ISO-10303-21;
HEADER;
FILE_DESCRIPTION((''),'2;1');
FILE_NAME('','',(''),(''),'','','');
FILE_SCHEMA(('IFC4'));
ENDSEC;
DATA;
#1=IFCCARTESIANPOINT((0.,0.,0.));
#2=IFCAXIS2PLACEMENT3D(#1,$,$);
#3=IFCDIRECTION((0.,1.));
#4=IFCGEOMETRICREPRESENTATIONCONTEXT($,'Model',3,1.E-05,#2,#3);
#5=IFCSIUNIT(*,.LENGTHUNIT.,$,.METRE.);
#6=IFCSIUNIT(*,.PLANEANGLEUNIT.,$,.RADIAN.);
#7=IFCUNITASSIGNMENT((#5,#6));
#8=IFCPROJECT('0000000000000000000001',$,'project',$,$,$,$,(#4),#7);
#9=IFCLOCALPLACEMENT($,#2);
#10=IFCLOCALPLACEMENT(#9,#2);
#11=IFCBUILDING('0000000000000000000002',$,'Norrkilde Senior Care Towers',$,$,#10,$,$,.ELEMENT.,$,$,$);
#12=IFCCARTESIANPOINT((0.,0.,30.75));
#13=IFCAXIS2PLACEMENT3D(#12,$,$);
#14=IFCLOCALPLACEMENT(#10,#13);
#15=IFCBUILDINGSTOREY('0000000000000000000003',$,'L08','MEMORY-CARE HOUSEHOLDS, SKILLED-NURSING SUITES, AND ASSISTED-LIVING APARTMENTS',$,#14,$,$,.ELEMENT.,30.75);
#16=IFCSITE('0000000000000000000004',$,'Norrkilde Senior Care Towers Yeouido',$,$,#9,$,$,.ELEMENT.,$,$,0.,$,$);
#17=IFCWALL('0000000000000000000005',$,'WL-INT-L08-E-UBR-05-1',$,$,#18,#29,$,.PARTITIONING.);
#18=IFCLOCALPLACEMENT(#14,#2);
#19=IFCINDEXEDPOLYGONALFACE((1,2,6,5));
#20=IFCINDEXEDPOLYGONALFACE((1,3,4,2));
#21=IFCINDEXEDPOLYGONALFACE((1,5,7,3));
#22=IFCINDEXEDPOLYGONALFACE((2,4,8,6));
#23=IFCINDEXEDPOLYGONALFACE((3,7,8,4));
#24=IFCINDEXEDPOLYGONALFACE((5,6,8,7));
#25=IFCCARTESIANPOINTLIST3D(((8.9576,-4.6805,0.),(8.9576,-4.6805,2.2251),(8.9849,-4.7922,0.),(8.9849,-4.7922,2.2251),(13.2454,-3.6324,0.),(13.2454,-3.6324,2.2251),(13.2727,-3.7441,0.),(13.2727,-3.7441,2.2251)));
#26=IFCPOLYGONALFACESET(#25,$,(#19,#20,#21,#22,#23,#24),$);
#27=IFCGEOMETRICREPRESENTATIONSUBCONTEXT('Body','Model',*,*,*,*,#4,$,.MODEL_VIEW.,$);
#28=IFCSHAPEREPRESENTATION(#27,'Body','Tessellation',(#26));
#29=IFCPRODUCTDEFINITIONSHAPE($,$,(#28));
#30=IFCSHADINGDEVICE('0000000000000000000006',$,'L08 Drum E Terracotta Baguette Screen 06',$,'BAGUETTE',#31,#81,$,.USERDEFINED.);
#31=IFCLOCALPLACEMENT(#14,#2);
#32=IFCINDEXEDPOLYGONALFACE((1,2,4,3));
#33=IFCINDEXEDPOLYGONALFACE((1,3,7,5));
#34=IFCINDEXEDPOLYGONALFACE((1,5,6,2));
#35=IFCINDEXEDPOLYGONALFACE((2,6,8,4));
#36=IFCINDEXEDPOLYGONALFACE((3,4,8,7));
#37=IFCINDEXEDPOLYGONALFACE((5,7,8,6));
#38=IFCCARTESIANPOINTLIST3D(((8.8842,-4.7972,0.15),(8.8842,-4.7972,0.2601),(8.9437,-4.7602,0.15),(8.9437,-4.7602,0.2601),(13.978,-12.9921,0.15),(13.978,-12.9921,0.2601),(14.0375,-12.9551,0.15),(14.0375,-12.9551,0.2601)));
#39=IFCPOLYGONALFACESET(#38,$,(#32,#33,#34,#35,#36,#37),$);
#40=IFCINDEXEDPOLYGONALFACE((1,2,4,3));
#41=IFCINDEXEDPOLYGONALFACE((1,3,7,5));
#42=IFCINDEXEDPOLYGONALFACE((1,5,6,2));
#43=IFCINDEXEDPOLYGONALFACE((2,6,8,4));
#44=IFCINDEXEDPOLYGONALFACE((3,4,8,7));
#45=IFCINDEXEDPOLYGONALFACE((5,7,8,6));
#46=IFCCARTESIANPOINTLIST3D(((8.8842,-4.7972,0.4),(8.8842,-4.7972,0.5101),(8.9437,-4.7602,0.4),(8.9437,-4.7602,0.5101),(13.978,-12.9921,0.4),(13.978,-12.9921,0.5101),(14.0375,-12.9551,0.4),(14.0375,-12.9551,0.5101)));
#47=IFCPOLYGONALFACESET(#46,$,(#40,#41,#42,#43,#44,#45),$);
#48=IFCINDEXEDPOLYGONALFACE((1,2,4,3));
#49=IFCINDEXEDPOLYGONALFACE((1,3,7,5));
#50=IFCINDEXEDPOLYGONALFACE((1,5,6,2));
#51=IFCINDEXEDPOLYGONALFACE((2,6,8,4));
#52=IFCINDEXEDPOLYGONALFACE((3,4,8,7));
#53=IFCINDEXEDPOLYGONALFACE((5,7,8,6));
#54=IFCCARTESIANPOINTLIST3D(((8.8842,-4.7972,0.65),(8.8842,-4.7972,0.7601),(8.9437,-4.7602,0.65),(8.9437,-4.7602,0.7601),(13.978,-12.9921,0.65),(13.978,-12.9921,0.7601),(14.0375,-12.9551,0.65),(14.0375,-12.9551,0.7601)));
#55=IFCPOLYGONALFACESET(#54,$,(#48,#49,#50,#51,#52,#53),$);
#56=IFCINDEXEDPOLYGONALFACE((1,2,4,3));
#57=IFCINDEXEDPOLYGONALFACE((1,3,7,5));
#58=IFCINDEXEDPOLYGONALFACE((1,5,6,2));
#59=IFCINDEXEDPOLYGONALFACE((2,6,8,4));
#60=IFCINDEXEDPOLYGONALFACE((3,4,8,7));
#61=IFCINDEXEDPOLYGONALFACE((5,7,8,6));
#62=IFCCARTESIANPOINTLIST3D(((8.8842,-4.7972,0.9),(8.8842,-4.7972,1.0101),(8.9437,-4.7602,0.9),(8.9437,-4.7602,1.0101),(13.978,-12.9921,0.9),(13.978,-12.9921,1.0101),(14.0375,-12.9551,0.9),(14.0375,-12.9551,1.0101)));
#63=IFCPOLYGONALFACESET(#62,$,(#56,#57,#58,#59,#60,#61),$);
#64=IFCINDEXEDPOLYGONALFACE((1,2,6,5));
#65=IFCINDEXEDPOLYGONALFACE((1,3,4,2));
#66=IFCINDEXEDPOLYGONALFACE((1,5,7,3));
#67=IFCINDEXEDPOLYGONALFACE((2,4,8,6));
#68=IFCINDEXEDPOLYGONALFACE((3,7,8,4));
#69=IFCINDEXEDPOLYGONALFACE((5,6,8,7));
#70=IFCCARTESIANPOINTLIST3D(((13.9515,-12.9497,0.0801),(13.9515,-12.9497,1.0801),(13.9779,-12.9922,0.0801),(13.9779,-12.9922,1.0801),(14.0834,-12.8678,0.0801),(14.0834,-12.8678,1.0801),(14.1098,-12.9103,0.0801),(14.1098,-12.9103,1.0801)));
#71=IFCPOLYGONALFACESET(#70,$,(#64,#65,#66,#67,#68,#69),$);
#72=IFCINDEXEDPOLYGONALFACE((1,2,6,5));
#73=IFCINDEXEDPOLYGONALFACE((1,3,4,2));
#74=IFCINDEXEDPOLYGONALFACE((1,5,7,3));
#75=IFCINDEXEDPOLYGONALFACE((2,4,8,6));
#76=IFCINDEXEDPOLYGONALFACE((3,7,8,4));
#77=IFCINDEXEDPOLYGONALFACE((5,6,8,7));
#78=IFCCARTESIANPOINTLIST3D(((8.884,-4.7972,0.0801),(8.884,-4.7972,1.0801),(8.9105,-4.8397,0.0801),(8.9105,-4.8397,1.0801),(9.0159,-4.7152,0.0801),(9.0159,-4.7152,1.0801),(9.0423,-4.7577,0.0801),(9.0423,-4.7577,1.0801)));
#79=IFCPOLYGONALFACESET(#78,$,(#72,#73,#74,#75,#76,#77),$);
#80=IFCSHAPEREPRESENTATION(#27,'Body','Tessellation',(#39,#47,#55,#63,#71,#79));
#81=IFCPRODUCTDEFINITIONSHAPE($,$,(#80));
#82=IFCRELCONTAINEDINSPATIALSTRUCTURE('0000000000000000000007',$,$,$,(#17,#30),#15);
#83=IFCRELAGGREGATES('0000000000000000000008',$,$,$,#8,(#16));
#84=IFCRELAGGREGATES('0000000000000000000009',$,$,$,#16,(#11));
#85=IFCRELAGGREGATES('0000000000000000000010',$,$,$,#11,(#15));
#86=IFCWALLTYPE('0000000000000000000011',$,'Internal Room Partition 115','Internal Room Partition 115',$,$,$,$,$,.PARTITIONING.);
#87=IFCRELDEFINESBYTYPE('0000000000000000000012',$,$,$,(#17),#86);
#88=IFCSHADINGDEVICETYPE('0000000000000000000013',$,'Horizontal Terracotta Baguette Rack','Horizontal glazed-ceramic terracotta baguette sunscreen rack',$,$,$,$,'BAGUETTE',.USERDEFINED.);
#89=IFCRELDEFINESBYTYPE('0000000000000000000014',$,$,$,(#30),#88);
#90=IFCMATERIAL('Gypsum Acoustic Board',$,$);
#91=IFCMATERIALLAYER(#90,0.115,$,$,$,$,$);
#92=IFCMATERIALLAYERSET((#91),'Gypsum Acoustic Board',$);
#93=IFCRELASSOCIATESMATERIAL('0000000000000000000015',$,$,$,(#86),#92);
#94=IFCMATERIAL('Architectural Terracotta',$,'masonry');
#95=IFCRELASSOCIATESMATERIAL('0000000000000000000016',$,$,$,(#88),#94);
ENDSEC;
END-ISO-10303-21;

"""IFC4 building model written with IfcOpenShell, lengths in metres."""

from ifc_helpers import new_model, si_unit, direction, frame, frame_2d, origin, origin_2d, place, context, subcontext, project, spatial, rectangle, extrude, source, transform, mapped, material, layer, layer_set, type_object, type_shapes, element, save


model = new_model("IFC4")

# Units and contexts
model_context = context("Model", 3, precision=1e-05, world=origin(), true_north=direction((0.0, 1.0)))
body_context = subcontext(model_context, "Body", "Model", "MODEL_VIEW")
ifc_project = project(units=[si_unit("LENGTHUNIT", "METRE"), si_unit("PLANEANGLEUNIT", "RADIAN")], contexts=[model_context])

# Site, building, storey
site_placement = place(None, origin())
site = spatial("IfcSite", under=ifc_project, at=site_placement, Name="Norrkilde Senior Care Towers Yeouido", CompositionType="ELEMENT", RefElevation=0.0)
building_placement = place(site_placement, origin())
building = spatial("IfcBuilding", under=site, at=building_placement, Name="Norrkilde Senior Care Towers", CompositionType="ELEMENT")
storey_placement = place(building_placement, frame((0.0, 0.0, 30.75)))
storey = spatial("IfcBuildingStorey", under=building, at=storey_placement, Name="L08", Description="MEMORY-CARE HOUSEHOLDS, SKILLED-NURSING SUITES, AND ASSISTED-LIVING APARTMENTS", CompositionType="ELEMENT", Elevation=30.75)

# Shared definitions
ifc_material_1 = material(Name="Gypsum Acoustic Board")

# Shared definitions
ifc_layer_1 = layer(ifc_material_1, 0.115)
ifc_layer_set_1 = layer_set([ifc_layer_1], Name="Gypsum Acoustic Board")
wall_type_1 = type_object("IfcWallType", Name="Internal Room Partition 115", Description="Internal Room Partition 115", PredefinedType="PARTITIONING", material=ifc_layer_set_1)

# Wall
shared_shape_1 = source(origin(), body_context, "Body", "SweptSolid", [
    extrude(rectangle(XDim=4.4141, YDim=0.115, at=frame_2d((2.207, 0.0))), origin(), (0.0, 0.0, 1.0), 2.2251),
])
wall_1_placement = place(storey_placement, frame((13.259, -3.6882, 0.0), z_axis=(0.0, 0.0, 1.0), x_axis=(-0.971401, -0.237444, 0.0)))
element("IfcWall", 1, at=wall_1_placement, inside=storey, type_object=wall_type_1, Name="WL-INT-L08-E-UBR-05-1", PredefinedType="PARTITIONING", context=body_context, shape_type="MappedRepresentation", body=[
    mapped(shared_shape_1, transform((0.0, 0.0, 0.0), x_axis=(1.0, 0.0, 0.0), y_axis=(0.0, 1.0, 0.0), z_axis=(0.0, 0.0, 1.0), scale=1.0)),
])

# Shading device
ifc_material_2 = material(Name="Architectural Terracotta", Category="masonry")
shading_device_type = type_object("IfcShadingDeviceType", Name="Horizontal Terracotta Baguette Rack", Description="Horizontal glazed-ceramic terracotta baguette sunscreen rack", ElementType="BAGUETTE", PredefinedType="USERDEFINED", material=ifc_material_2)
shared_shape_2 = source(origin(), body_context, "Body", "SweptSolid", [
    extrude(rectangle(XDim=0.0701, YDim=0.1101, at=origin_2d()), frame((0.0, 0.0901, 0.125), z_axis=(1.0, 0.0, 0.0), x_axis=(0.0, 1.0, 0.0)), (0.0, 0.0, 1.0), 9.6489),
    extrude(rectangle(XDim=0.0701, YDim=0.1101, at=origin_2d()), frame((0.0, 0.0901, 0.375), z_axis=(1.0, 0.0, 0.0), x_axis=(0.0, 1.0, 0.0)), (0.0, 0.0, 1.0), 9.6489),
    extrude(rectangle(XDim=0.0701, YDim=0.1101, at=origin_2d()), frame((0.0, 0.0901, 0.625), z_axis=(1.0, 0.0, 0.0), x_axis=(0.0, 1.0, 0.0)), (0.0, 0.0, 1.0), 9.6489),
    extrude(rectangle(XDim=0.0701, YDim=0.1101, at=origin_2d()), frame((0.0, 0.0901, 0.875), z_axis=(1.0, 0.0, 0.0), x_axis=(0.0, 1.0, 0.0)), (0.0, 0.0, 1.0), 9.6489),
    extrude(rectangle(XDim=0.05, YDim=0.1553, at=origin_2d()), frame((0.0249, 0.0476, 0.0)), (0.0, 0.0, 1.0), 1.0),
    extrude(rectangle(XDim=0.05, YDim=0.1553, at=origin_2d()), frame((9.624, 0.0476, 0.0)), (0.0, 0.0, 1.0), 1.0),
])
type_shapes(shading_device_type, [shared_shape_2])
shading_device_placement = place(storey_placement, frame((14.0842, -12.926, 0.0801), z_axis=(0.0, 0.0, 1.0), x_axis=(-0.527909, 0.849299, 0.0)))
element("IfcShadingDevice", 2, at=shading_device_placement, inside=storey, type_object=shading_device_type, Name="L08 Drum E Terracotta Baguette Screen 06", ObjectType="BAGUETTE", PredefinedType="USERDEFINED", context=body_context, shape_type="MappedRepresentation", body=[
    mapped(shared_shape_2, transform((0.0, 0.0, 0.0), x_axis=(1.0, 0.0, 0.0), y_axis=(0.0, 1.0, 0.0), z_axis=(0.0, 0.0, 1.0), scale=1.0)),
])

save(model, "model.ifc")
